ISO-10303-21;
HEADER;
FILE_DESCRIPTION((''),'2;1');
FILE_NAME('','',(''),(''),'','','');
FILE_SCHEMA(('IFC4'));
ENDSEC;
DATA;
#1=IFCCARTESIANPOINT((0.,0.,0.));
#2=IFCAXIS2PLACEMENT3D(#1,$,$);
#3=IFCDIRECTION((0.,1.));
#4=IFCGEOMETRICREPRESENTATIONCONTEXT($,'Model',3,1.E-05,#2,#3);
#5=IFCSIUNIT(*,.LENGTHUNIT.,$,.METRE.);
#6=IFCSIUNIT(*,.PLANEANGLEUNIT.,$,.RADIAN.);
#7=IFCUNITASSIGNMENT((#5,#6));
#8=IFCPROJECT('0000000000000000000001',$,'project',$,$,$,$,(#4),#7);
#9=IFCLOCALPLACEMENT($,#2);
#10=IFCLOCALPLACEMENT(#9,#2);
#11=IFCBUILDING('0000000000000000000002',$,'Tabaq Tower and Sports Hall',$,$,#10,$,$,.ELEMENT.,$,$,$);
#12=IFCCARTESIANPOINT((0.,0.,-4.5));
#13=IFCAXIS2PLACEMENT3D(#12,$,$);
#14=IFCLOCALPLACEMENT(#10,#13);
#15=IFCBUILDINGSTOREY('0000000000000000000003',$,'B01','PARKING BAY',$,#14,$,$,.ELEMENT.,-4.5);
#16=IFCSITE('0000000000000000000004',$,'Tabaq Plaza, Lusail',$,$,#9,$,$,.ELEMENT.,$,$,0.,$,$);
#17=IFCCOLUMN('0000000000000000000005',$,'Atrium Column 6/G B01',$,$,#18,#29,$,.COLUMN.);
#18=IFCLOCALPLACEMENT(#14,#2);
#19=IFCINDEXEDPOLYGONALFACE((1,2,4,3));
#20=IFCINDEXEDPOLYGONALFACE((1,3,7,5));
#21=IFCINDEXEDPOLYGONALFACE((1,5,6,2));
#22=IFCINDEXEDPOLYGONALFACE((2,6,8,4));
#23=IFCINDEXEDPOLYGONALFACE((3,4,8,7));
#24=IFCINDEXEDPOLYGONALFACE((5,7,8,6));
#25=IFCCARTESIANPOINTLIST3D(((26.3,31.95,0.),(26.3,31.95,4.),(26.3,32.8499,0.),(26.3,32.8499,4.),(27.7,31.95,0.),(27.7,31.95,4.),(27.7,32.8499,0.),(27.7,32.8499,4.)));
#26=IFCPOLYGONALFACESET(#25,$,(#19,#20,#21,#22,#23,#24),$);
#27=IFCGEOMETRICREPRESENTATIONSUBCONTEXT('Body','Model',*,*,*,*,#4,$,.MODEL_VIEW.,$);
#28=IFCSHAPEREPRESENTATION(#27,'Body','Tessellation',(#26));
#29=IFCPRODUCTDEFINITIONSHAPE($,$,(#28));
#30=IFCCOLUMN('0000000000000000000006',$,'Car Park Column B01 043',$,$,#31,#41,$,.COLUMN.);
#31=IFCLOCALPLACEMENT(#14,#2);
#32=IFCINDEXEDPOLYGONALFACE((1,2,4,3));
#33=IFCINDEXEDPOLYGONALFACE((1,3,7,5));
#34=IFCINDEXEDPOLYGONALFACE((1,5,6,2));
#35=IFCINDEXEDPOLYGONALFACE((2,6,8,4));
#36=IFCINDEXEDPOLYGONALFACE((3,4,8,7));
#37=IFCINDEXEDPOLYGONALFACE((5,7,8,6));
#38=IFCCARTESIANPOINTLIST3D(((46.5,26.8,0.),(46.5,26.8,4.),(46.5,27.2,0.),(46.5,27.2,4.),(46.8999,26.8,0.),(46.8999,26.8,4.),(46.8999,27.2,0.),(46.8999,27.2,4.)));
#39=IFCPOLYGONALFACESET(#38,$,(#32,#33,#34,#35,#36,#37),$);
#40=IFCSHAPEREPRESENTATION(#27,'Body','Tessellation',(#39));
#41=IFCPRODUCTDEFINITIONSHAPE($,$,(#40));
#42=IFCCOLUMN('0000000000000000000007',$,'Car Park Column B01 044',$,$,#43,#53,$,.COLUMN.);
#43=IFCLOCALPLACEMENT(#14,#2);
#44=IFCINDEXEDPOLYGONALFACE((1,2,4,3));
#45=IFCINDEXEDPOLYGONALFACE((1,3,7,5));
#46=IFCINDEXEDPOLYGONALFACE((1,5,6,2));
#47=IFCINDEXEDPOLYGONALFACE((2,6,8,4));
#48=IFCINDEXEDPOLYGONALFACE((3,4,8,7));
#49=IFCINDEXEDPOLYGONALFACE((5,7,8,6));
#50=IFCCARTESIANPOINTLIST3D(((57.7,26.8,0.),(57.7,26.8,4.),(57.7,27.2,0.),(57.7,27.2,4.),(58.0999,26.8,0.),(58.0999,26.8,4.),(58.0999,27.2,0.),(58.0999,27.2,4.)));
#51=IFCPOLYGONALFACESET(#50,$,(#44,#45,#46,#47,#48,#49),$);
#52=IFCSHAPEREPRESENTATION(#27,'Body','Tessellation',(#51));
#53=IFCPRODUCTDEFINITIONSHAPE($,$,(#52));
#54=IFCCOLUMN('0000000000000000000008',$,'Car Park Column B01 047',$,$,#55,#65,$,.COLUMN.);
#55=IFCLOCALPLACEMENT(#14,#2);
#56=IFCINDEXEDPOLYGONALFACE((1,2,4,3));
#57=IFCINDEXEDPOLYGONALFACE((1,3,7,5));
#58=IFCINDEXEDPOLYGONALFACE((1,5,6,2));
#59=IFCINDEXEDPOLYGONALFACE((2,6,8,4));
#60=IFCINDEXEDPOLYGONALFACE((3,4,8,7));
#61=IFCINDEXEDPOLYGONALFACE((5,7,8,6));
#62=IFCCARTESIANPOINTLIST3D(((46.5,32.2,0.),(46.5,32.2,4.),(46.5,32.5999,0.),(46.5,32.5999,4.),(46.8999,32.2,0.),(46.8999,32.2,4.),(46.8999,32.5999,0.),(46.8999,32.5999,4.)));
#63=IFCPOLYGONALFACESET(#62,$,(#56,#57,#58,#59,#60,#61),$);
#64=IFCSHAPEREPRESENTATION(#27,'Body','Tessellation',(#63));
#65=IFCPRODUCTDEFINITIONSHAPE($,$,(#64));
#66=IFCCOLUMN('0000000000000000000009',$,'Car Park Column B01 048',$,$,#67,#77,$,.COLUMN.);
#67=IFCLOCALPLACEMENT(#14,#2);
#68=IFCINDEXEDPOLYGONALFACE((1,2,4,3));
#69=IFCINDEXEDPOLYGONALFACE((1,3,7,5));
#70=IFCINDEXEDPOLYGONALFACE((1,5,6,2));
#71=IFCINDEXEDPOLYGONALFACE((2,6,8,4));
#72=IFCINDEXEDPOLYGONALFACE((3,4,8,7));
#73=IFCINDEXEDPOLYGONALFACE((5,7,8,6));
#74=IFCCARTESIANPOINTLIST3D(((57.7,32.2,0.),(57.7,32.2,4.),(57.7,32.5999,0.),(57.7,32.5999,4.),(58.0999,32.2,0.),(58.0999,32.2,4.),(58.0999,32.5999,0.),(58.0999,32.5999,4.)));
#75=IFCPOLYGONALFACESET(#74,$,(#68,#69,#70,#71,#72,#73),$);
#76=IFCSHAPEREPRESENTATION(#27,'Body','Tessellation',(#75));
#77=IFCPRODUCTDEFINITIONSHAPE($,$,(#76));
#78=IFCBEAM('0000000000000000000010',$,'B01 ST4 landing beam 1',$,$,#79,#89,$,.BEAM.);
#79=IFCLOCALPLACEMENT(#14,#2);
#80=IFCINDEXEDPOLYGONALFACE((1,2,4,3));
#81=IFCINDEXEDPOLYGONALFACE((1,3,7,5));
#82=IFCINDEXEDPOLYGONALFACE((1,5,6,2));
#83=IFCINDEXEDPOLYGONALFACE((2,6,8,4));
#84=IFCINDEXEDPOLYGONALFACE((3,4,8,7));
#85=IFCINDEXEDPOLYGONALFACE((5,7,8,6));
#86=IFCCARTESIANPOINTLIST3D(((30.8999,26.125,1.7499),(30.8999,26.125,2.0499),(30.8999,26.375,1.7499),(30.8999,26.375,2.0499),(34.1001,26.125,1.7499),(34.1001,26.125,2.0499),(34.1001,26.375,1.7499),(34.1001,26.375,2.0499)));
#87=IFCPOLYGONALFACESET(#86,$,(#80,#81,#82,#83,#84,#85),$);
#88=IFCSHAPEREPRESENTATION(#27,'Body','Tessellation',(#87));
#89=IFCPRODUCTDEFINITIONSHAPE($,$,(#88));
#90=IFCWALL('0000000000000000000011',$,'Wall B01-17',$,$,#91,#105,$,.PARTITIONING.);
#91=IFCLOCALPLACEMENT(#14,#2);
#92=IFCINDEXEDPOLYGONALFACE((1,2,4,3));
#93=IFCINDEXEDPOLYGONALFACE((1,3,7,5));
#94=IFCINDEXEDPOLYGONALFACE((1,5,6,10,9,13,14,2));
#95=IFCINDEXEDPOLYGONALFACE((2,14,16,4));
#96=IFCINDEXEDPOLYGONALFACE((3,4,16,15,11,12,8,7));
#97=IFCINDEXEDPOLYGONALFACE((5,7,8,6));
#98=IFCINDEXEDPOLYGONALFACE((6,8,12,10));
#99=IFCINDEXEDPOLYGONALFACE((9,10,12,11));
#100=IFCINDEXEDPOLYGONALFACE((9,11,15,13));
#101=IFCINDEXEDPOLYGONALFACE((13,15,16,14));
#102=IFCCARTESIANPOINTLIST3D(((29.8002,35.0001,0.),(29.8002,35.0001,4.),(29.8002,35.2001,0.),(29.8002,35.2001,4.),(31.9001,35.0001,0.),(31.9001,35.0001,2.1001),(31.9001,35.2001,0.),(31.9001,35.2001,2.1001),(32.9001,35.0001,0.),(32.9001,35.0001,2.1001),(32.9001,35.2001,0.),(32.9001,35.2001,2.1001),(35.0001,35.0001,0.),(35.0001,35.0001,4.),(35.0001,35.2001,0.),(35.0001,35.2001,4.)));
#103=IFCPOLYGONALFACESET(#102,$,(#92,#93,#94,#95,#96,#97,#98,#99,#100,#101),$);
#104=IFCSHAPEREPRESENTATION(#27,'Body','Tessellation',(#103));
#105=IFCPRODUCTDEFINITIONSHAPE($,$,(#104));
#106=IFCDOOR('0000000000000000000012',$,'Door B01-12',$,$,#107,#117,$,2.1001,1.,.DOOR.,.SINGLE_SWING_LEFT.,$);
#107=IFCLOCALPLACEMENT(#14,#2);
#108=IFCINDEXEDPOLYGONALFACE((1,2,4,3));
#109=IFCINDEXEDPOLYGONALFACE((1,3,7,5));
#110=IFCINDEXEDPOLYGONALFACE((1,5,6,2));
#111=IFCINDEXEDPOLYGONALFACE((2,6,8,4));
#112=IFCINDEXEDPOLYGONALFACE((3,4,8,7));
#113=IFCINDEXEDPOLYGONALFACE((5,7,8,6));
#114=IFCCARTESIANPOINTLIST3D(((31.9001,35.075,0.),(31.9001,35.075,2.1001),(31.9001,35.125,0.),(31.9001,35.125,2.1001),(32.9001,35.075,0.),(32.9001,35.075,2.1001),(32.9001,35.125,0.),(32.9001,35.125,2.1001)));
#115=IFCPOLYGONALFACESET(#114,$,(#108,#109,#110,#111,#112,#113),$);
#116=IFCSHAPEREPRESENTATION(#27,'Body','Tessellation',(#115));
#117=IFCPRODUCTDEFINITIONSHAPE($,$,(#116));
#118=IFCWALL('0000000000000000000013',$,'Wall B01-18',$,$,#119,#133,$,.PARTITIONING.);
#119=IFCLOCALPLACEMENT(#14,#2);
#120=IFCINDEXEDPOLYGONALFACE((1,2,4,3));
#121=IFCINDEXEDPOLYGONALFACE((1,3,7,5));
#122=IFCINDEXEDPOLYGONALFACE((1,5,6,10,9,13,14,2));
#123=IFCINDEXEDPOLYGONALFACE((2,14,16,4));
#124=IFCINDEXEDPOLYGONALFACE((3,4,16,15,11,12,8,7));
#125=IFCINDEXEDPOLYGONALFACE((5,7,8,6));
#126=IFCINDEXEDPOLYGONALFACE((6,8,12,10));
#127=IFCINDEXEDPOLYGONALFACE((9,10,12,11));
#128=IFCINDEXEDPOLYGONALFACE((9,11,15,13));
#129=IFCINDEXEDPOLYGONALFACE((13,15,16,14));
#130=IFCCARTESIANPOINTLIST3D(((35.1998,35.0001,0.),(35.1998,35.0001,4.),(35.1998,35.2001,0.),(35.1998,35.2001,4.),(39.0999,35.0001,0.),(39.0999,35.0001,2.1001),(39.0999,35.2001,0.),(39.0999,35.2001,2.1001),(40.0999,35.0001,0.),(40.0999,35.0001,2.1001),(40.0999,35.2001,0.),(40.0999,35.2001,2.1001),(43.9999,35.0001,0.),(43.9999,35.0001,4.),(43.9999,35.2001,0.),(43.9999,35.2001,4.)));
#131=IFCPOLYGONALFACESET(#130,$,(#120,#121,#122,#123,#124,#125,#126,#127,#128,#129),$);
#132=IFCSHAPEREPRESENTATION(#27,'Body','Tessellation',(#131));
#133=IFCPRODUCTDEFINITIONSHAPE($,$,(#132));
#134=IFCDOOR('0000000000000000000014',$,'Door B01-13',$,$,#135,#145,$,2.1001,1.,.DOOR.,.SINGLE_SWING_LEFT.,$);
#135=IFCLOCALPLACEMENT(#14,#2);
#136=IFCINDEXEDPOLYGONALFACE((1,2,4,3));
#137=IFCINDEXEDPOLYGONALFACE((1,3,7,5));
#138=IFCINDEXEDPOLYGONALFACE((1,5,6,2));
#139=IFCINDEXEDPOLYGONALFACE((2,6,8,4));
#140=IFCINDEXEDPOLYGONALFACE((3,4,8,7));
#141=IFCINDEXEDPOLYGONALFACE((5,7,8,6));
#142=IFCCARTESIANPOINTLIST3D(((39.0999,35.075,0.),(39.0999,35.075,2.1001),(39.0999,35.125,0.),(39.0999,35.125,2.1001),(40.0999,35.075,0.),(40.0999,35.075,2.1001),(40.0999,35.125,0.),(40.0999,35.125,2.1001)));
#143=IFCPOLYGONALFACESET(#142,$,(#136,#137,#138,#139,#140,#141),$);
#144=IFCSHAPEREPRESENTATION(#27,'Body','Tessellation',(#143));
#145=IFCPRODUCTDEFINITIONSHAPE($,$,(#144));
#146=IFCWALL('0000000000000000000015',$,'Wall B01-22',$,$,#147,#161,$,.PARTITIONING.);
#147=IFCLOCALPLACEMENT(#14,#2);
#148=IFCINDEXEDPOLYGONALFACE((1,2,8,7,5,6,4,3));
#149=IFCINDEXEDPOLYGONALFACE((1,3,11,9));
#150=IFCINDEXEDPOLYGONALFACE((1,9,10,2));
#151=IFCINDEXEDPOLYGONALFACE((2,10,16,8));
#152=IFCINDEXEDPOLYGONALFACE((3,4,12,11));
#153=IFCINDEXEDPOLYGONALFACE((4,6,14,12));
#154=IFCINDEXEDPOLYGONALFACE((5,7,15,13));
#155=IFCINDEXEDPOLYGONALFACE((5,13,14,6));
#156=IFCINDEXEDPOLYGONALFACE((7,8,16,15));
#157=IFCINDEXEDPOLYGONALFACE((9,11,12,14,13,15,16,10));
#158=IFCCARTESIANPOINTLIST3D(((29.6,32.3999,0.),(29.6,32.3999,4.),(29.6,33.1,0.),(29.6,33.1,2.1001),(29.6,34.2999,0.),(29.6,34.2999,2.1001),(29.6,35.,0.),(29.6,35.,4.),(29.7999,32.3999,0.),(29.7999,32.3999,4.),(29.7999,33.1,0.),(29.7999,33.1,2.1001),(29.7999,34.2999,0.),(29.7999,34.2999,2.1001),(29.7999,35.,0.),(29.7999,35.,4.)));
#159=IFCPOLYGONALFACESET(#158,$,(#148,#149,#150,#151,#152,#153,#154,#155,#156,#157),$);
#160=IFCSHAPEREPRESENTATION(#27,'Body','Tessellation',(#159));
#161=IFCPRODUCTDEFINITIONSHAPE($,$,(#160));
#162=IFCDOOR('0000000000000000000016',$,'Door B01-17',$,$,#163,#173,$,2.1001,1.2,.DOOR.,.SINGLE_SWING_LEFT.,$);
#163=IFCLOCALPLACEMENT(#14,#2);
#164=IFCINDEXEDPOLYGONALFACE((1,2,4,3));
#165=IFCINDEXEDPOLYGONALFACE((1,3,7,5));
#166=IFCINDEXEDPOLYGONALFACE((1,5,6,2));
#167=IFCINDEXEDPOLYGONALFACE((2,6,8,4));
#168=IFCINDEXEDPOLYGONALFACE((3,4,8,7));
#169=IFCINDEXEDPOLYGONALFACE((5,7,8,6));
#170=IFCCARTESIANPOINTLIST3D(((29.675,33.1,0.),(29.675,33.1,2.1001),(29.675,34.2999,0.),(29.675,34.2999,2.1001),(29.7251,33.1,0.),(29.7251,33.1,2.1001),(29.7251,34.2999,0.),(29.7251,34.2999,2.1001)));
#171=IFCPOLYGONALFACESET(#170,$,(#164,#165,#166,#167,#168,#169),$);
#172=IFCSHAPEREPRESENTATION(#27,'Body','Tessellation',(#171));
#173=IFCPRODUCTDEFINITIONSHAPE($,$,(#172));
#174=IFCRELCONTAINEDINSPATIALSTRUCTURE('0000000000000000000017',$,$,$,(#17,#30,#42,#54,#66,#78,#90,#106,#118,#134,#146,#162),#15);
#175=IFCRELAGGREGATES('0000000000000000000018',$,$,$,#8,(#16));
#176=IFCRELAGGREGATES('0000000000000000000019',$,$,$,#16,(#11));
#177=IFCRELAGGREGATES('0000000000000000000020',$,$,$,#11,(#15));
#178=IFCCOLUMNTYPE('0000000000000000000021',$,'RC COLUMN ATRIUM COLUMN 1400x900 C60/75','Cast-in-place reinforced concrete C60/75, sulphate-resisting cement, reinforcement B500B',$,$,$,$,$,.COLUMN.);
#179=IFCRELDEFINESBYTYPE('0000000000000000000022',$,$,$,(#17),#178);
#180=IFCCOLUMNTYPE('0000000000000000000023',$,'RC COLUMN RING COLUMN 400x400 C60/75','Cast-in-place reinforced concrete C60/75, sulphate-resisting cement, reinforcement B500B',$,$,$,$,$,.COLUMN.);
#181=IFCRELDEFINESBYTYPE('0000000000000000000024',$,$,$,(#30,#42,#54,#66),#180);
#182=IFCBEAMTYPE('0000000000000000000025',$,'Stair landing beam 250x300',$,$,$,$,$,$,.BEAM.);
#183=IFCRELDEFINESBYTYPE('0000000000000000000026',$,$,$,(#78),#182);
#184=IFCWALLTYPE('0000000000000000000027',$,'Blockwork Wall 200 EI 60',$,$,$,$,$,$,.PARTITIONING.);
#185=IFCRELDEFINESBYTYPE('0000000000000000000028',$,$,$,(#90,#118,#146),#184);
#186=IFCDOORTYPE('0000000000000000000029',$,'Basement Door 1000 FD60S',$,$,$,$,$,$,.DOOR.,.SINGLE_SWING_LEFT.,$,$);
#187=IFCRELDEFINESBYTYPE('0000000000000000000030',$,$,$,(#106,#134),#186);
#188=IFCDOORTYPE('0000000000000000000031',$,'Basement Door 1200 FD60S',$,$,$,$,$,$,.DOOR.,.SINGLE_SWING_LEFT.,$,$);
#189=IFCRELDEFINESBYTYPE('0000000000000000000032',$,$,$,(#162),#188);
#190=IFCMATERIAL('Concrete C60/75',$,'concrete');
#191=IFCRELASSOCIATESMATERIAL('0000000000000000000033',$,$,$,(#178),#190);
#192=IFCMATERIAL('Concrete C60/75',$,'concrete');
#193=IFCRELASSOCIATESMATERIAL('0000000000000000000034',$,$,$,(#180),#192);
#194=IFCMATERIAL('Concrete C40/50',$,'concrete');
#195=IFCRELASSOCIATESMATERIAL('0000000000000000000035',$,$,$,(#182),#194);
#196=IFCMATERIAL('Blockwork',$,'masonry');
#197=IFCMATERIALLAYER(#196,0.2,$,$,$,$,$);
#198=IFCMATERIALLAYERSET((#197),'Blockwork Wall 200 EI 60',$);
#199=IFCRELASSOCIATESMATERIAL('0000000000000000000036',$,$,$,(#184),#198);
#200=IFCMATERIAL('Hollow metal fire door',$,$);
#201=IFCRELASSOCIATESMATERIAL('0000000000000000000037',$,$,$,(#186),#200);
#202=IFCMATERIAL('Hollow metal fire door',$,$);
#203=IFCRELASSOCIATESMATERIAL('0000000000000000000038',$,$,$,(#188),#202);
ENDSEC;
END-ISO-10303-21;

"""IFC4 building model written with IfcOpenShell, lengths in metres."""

from ifc_helpers import new_model, si_unit, direction, frame, frame_2d, origin, origin_2d, place, context, subcontext, project, spatial, rectangle, extrude, material, layer, layer_set, material_profile, profile_set, type_object, element, fill, save


model = new_model("IFC4")

# Units and contexts
model_context = context("Model", 3, precision=1e-05, world=origin(), true_north=direction((0.0, 1.0)))
body_context = subcontext(model_context, "Body", "Model", "MODEL_VIEW")
ifc_project = project(units=[si_unit("LENGTHUNIT", "METRE"), si_unit("PLANEANGLEUNIT", "RADIAN")], contexts=[model_context])

# Site, building, storey
site_placement = place(None, origin())
site = spatial("IfcSite", under=ifc_project, at=site_placement, Name="Tabaq Plaza, Lusail", CompositionType="ELEMENT", RefElevation=0.0)
building_placement = place(site_placement, origin())
building = spatial("IfcBuilding", under=site, at=building_placement, Name="Tabaq Tower and Sports Hall", CompositionType="ELEMENT")
storey_placement = place(building_placement, frame((0.0, 0.0, -4.5)))
storey = spatial("IfcBuildingStorey", under=building, at=storey_placement, Name="B01", Description="PARKING BAY", CompositionType="ELEMENT", Elevation=-4.5)

# Columns
ifc_material_1 = material(Name="Concrete C60/75", Category="concrete")
ifc_material_profile_1 = material_profile(ifc_material_1, rectangle(XDim=1.3999, YDim=0.8999, at=origin_2d()), Name="ATRIUM COLUMN 1400x900")
ifc_profile_set_1 = profile_set([ifc_material_profile_1], Name="Concrete C60/75")
column_type_1 = type_object("IfcColumnType", Name="RC COLUMN ATRIUM COLUMN 1400x900 C60/75", Description="Cast-in-place reinforced concrete C60/75, sulphate-resisting cement, reinforcement B500B", PredefinedType="COLUMN", material=ifc_profile_set_1)
column_placement = place(storey_placement, frame((27.0, 32.3999, 0.0), z_axis=(0.0, 0.0, 1.0), x_axis=(1.0, 0.0, 0.0)))
element("IfcColumn", 1, at=column_placement, inside=storey, type_object=column_type_1, Name="Atrium Column 6/G B01", PredefinedType="COLUMN", context=body_context, shape_type="SweptSolid", body=[
    extrude(rectangle(XDim=1.3999, YDim=0.8999, at=origin_2d()), origin(), (0.0, 0.0, 1.0), 4.0),
])
ifc_material_2 = material(Name="Concrete C60/75", Category="concrete")
ifc_material_profile_2 = material_profile(ifc_material_2, rectangle(XDim=0.3999, YDim=0.3999, at=origin_2d()), Name="RING COLUMN 400x400")
ifc_profile_set_2 = profile_set([ifc_material_profile_2], Name="Concrete C60/75")
column_type_2 = type_object("IfcColumnType", Name="RC COLUMN RING COLUMN 400x400 C60/75", Description="Cast-in-place reinforced concrete C60/75, sulphate-resisting cement, reinforcement B500B", PredefinedType="COLUMN", material=ifc_profile_set_2)
for number, where, z_axis, x_axis, name in (
    (2, (46.7, 27.0, 0.0), (0.0, 0.0, 1.0), (1.0, 0.0, 0.0), "Car Park Column B01 043"),
    (3, (57.8999, 27.0, 0.0), (0.0, 0.0, 1.0), (1.0, 0.0, 0.0), "Car Park Column B01 044"),
    (4, (46.7, 32.3999, 0.0), (0.0, 0.0, 1.0), (1.0, 0.0, 0.0), "Car Park Column B01 047"),
    (5, (57.8999, 32.3999, 0.0), (0.0, 0.0, 1.0), (1.0, 0.0, 0.0), "Car Park Column B01 048"),
):
    element("IfcColumn", number, at=place(storey_placement, frame(where, z_axis=z_axis, x_axis=x_axis)), inside=storey, type_object=column_type_2, Name=name, PredefinedType="COLUMN", context=body_context, shape_type="SweptSolid", body=[
        extrude(rectangle(XDim=0.3999, YDim=0.3999, at=origin_2d()), origin(), (0.0, 0.0, 1.0), 4.0),
    ])

# Beam
ifc_material_3 = material(Name="Concrete C40/50", Category="concrete")
ifc_material_profile_3 = material_profile(ifc_material_3, rectangle(XDim=0.25, YDim=0.3, at=origin_2d()), Name="RC 250x300")
ifc_profile_set_3 = profile_set([ifc_material_profile_3], Name="Concrete C40/50")
beam_type = type_object("IfcBeamType", Name="Stair landing beam 250x300", PredefinedType="BEAM", material=ifc_profile_set_3)
beam_placement = place(storey_placement, frame((30.8999, 26.25, 1.8999), z_axis=(1.0, 0.0, 0.0), x_axis=(0.0, 1.0, 0.0)))
element("IfcBeam", 6, at=beam_placement, inside=storey, type_object=beam_type, Name="B01 ST4 landing beam 1", PredefinedType="BEAM", context=body_context, shape_type="SweptSolid", body=[
    extrude(rectangle(XDim=0.25, YDim=0.3, at=origin_2d()), origin(), (0.0, 0.0, 1.0), 3.2002),
])

# Walls, openings, doors
ifc_material_4 = material(Name="Blockwork", Category="masonry")
ifc_layer_1 = layer(ifc_material_4, 0.2)
ifc_layer_set_1 = layer_set([ifc_layer_1], Name="Blockwork Wall 200 EI 60")
wall_type_1 = type_object("IfcWallType", Name="Blockwork Wall 200 EI 60", PredefinedType="PARTITIONING", material=ifc_layer_set_1)
wall_1_placement = place(storey_placement, frame((29.8, 35.1001, 0.0), z_axis=(0.0, 0.0, 1.0), x_axis=(1.0, 0.0, 0.0)))
wall_1 = element("IfcWall", 7, at=wall_1_placement, inside=storey, type_object=wall_type_1, Name="Wall B01-17", PredefinedType="PARTITIONING", context=body_context, shape_type="SweptSolid", body=[
    extrude(rectangle(XDim=5.2, YDim=0.2, at=frame_2d((2.6001, 0.0))), origin(), (0.0, 0.0, 1.0), 4.0),
])
opening_1_placement = place(wall_1_placement, frame((2.1001, 0.0, 0.0)))
opening_1 = element("IfcOpeningElement", 8, at=opening_1_placement, cuts=wall_1, PredefinedType="OPENING", context=body_context, shape_type="SweptSolid", body=[
    extrude(rectangle(XDim=1.0, YDim=2.1001, at=frame_2d((0.5, 1.05))), frame((0.0, 0.1099, 0.0), z_axis=(0.0, -1.0, 0.0), x_axis=(1.0, 0.0, 0.0)), (0.0, 0.0, 1.0), 0.22),
])
ifc_material_5 = material(Name="Hollow metal fire door")
door_type_1 = type_object("IfcDoorType", Name="Basement Door 1000 FD60S", OperationType="SINGLE_SWING_LEFT", PredefinedType="DOOR", material=ifc_material_5)
door_1_placement = place(opening_1_placement, origin())
door_1 = element("IfcDoor", 9, at=door_1_placement, inside=storey, type_object=door_type_1, Name="Door B01-12", OperationType="SINGLE_SWING_LEFT", OverallHeight=2.1001, OverallWidth=1.0, PredefinedType="DOOR", context=body_context, shape_type="SweptSolid", body=[
    extrude(rectangle(XDim=1.0, YDim=2.1001, at=frame_2d((0.5, 1.05))), frame((0.0, 0.0249, 0.0), z_axis=(0.0, -1.0, 0.0), x_axis=(1.0, 0.0, 0.0)), (0.0, 0.0, 1.0), 0.05),
])
fill(opening_1, door_1)
wall_2_placement = place(storey_placement, frame((35.2, 35.1001, 0.0), z_axis=(0.0, 0.0, 1.0), x_axis=(1.0, 0.0, 0.0)))
wall_2 = element("IfcWall", 10, at=wall_2_placement, inside=storey, type_object=wall_type_1, Name="Wall B01-18", PredefinedType="PARTITIONING", context=body_context, shape_type="SweptSolid", body=[
    extrude(rectangle(XDim=8.8, YDim=0.2, at=frame_2d((4.3999, 0.0))), origin(), (0.0, 0.0, 1.0), 4.0),
])
opening_2_placement = place(wall_2_placement, frame((3.8999, 0.0, 0.0)))
opening_2 = element("IfcOpeningElement", 11, at=opening_2_placement, cuts=wall_2, PredefinedType="OPENING", context=body_context, shape_type="SweptSolid", body=[
    extrude(rectangle(XDim=1.0, YDim=2.1001, at=frame_2d((0.5, 1.05))), frame((0.0, 0.1099, 0.0), z_axis=(0.0, -1.0, 0.0), x_axis=(1.0, 0.0, 0.0)), (0.0, 0.0, 1.0), 0.22),
])
door_2_placement = place(opening_2_placement, origin())
door_2 = element("IfcDoor", 12, at=door_2_placement, inside=storey, type_object=door_type_1, Name="Door B01-13", OperationType="SINGLE_SWING_LEFT", OverallHeight=2.1001, OverallWidth=1.0, PredefinedType="DOOR", context=body_context, shape_type="SweptSolid", body=[
    extrude(rectangle(XDim=1.0, YDim=2.1001, at=frame_2d((0.5, 1.05))), frame((0.0, 0.0249, 0.0), z_axis=(0.0, -1.0, 0.0), x_axis=(1.0, 0.0, 0.0)), (0.0, 0.0, 1.0), 0.05),
])
fill(opening_2, door_2)
wall_3_placement = place(storey_placement, frame((29.7, 32.3999, 0.0), z_axis=(0.0, 0.0, 1.0), x_axis=(0.0, 1.0, 0.0)))
wall_3 = element("IfcWall", 13, at=wall_3_placement, inside=storey, type_object=wall_type_1, Name="Wall B01-22", PredefinedType="PARTITIONING", context=body_context, shape_type="SweptSolid", body=[
    extrude(rectangle(XDim=2.6001, YDim=0.2, at=frame_2d((1.3, 0.0))), origin(), (0.0, 0.0, 1.0), 4.0),
])
opening_3_placement = place(wall_3_placement, frame((0.7, 0.0, 0.0)))
opening_3 = element("IfcOpeningElement", 14, at=opening_3_placement, cuts=wall_3, PredefinedType="OPENING", context=body_context, shape_type="SweptSolid", body=[
    extrude(rectangle(XDim=1.2, YDim=2.1001, at=frame_2d((0.6001, 1.05))), frame((0.0, 0.1099, 0.0), z_axis=(0.0, -1.0, 0.0), x_axis=(1.0, 0.0, 0.0)), (0.0, 0.0, 1.0), 0.22),
])
ifc_material_6 = material(Name="Hollow metal fire door")
door_type_2 = type_object("IfcDoorType", Name="Basement Door 1200 FD60S", OperationType="SINGLE_SWING_LEFT", PredefinedType="DOOR", material=ifc_material_6)
door_3_placement = place(opening_3_placement, origin())
door_3 = element("IfcDoor", 15, at=door_3_placement, inside=storey, type_object=door_type_2, Name="Door B01-17", OperationType="SINGLE_SWING_LEFT", OverallHeight=2.1001, OverallWidth=1.2, PredefinedType="DOOR", context=body_context, shape_type="SweptSolid", body=[
    extrude(rectangle(XDim=1.2, YDim=2.1001, at=frame_2d((0.6001, 1.05))), frame((0.0, 0.0249, 0.0), z_axis=(0.0, -1.0, 0.0), x_axis=(1.0, 0.0, 0.0)), (0.0, 0.0, 1.0), 0.05),
])
fill(opening_3, door_3)

save(model, "model.ifc")
